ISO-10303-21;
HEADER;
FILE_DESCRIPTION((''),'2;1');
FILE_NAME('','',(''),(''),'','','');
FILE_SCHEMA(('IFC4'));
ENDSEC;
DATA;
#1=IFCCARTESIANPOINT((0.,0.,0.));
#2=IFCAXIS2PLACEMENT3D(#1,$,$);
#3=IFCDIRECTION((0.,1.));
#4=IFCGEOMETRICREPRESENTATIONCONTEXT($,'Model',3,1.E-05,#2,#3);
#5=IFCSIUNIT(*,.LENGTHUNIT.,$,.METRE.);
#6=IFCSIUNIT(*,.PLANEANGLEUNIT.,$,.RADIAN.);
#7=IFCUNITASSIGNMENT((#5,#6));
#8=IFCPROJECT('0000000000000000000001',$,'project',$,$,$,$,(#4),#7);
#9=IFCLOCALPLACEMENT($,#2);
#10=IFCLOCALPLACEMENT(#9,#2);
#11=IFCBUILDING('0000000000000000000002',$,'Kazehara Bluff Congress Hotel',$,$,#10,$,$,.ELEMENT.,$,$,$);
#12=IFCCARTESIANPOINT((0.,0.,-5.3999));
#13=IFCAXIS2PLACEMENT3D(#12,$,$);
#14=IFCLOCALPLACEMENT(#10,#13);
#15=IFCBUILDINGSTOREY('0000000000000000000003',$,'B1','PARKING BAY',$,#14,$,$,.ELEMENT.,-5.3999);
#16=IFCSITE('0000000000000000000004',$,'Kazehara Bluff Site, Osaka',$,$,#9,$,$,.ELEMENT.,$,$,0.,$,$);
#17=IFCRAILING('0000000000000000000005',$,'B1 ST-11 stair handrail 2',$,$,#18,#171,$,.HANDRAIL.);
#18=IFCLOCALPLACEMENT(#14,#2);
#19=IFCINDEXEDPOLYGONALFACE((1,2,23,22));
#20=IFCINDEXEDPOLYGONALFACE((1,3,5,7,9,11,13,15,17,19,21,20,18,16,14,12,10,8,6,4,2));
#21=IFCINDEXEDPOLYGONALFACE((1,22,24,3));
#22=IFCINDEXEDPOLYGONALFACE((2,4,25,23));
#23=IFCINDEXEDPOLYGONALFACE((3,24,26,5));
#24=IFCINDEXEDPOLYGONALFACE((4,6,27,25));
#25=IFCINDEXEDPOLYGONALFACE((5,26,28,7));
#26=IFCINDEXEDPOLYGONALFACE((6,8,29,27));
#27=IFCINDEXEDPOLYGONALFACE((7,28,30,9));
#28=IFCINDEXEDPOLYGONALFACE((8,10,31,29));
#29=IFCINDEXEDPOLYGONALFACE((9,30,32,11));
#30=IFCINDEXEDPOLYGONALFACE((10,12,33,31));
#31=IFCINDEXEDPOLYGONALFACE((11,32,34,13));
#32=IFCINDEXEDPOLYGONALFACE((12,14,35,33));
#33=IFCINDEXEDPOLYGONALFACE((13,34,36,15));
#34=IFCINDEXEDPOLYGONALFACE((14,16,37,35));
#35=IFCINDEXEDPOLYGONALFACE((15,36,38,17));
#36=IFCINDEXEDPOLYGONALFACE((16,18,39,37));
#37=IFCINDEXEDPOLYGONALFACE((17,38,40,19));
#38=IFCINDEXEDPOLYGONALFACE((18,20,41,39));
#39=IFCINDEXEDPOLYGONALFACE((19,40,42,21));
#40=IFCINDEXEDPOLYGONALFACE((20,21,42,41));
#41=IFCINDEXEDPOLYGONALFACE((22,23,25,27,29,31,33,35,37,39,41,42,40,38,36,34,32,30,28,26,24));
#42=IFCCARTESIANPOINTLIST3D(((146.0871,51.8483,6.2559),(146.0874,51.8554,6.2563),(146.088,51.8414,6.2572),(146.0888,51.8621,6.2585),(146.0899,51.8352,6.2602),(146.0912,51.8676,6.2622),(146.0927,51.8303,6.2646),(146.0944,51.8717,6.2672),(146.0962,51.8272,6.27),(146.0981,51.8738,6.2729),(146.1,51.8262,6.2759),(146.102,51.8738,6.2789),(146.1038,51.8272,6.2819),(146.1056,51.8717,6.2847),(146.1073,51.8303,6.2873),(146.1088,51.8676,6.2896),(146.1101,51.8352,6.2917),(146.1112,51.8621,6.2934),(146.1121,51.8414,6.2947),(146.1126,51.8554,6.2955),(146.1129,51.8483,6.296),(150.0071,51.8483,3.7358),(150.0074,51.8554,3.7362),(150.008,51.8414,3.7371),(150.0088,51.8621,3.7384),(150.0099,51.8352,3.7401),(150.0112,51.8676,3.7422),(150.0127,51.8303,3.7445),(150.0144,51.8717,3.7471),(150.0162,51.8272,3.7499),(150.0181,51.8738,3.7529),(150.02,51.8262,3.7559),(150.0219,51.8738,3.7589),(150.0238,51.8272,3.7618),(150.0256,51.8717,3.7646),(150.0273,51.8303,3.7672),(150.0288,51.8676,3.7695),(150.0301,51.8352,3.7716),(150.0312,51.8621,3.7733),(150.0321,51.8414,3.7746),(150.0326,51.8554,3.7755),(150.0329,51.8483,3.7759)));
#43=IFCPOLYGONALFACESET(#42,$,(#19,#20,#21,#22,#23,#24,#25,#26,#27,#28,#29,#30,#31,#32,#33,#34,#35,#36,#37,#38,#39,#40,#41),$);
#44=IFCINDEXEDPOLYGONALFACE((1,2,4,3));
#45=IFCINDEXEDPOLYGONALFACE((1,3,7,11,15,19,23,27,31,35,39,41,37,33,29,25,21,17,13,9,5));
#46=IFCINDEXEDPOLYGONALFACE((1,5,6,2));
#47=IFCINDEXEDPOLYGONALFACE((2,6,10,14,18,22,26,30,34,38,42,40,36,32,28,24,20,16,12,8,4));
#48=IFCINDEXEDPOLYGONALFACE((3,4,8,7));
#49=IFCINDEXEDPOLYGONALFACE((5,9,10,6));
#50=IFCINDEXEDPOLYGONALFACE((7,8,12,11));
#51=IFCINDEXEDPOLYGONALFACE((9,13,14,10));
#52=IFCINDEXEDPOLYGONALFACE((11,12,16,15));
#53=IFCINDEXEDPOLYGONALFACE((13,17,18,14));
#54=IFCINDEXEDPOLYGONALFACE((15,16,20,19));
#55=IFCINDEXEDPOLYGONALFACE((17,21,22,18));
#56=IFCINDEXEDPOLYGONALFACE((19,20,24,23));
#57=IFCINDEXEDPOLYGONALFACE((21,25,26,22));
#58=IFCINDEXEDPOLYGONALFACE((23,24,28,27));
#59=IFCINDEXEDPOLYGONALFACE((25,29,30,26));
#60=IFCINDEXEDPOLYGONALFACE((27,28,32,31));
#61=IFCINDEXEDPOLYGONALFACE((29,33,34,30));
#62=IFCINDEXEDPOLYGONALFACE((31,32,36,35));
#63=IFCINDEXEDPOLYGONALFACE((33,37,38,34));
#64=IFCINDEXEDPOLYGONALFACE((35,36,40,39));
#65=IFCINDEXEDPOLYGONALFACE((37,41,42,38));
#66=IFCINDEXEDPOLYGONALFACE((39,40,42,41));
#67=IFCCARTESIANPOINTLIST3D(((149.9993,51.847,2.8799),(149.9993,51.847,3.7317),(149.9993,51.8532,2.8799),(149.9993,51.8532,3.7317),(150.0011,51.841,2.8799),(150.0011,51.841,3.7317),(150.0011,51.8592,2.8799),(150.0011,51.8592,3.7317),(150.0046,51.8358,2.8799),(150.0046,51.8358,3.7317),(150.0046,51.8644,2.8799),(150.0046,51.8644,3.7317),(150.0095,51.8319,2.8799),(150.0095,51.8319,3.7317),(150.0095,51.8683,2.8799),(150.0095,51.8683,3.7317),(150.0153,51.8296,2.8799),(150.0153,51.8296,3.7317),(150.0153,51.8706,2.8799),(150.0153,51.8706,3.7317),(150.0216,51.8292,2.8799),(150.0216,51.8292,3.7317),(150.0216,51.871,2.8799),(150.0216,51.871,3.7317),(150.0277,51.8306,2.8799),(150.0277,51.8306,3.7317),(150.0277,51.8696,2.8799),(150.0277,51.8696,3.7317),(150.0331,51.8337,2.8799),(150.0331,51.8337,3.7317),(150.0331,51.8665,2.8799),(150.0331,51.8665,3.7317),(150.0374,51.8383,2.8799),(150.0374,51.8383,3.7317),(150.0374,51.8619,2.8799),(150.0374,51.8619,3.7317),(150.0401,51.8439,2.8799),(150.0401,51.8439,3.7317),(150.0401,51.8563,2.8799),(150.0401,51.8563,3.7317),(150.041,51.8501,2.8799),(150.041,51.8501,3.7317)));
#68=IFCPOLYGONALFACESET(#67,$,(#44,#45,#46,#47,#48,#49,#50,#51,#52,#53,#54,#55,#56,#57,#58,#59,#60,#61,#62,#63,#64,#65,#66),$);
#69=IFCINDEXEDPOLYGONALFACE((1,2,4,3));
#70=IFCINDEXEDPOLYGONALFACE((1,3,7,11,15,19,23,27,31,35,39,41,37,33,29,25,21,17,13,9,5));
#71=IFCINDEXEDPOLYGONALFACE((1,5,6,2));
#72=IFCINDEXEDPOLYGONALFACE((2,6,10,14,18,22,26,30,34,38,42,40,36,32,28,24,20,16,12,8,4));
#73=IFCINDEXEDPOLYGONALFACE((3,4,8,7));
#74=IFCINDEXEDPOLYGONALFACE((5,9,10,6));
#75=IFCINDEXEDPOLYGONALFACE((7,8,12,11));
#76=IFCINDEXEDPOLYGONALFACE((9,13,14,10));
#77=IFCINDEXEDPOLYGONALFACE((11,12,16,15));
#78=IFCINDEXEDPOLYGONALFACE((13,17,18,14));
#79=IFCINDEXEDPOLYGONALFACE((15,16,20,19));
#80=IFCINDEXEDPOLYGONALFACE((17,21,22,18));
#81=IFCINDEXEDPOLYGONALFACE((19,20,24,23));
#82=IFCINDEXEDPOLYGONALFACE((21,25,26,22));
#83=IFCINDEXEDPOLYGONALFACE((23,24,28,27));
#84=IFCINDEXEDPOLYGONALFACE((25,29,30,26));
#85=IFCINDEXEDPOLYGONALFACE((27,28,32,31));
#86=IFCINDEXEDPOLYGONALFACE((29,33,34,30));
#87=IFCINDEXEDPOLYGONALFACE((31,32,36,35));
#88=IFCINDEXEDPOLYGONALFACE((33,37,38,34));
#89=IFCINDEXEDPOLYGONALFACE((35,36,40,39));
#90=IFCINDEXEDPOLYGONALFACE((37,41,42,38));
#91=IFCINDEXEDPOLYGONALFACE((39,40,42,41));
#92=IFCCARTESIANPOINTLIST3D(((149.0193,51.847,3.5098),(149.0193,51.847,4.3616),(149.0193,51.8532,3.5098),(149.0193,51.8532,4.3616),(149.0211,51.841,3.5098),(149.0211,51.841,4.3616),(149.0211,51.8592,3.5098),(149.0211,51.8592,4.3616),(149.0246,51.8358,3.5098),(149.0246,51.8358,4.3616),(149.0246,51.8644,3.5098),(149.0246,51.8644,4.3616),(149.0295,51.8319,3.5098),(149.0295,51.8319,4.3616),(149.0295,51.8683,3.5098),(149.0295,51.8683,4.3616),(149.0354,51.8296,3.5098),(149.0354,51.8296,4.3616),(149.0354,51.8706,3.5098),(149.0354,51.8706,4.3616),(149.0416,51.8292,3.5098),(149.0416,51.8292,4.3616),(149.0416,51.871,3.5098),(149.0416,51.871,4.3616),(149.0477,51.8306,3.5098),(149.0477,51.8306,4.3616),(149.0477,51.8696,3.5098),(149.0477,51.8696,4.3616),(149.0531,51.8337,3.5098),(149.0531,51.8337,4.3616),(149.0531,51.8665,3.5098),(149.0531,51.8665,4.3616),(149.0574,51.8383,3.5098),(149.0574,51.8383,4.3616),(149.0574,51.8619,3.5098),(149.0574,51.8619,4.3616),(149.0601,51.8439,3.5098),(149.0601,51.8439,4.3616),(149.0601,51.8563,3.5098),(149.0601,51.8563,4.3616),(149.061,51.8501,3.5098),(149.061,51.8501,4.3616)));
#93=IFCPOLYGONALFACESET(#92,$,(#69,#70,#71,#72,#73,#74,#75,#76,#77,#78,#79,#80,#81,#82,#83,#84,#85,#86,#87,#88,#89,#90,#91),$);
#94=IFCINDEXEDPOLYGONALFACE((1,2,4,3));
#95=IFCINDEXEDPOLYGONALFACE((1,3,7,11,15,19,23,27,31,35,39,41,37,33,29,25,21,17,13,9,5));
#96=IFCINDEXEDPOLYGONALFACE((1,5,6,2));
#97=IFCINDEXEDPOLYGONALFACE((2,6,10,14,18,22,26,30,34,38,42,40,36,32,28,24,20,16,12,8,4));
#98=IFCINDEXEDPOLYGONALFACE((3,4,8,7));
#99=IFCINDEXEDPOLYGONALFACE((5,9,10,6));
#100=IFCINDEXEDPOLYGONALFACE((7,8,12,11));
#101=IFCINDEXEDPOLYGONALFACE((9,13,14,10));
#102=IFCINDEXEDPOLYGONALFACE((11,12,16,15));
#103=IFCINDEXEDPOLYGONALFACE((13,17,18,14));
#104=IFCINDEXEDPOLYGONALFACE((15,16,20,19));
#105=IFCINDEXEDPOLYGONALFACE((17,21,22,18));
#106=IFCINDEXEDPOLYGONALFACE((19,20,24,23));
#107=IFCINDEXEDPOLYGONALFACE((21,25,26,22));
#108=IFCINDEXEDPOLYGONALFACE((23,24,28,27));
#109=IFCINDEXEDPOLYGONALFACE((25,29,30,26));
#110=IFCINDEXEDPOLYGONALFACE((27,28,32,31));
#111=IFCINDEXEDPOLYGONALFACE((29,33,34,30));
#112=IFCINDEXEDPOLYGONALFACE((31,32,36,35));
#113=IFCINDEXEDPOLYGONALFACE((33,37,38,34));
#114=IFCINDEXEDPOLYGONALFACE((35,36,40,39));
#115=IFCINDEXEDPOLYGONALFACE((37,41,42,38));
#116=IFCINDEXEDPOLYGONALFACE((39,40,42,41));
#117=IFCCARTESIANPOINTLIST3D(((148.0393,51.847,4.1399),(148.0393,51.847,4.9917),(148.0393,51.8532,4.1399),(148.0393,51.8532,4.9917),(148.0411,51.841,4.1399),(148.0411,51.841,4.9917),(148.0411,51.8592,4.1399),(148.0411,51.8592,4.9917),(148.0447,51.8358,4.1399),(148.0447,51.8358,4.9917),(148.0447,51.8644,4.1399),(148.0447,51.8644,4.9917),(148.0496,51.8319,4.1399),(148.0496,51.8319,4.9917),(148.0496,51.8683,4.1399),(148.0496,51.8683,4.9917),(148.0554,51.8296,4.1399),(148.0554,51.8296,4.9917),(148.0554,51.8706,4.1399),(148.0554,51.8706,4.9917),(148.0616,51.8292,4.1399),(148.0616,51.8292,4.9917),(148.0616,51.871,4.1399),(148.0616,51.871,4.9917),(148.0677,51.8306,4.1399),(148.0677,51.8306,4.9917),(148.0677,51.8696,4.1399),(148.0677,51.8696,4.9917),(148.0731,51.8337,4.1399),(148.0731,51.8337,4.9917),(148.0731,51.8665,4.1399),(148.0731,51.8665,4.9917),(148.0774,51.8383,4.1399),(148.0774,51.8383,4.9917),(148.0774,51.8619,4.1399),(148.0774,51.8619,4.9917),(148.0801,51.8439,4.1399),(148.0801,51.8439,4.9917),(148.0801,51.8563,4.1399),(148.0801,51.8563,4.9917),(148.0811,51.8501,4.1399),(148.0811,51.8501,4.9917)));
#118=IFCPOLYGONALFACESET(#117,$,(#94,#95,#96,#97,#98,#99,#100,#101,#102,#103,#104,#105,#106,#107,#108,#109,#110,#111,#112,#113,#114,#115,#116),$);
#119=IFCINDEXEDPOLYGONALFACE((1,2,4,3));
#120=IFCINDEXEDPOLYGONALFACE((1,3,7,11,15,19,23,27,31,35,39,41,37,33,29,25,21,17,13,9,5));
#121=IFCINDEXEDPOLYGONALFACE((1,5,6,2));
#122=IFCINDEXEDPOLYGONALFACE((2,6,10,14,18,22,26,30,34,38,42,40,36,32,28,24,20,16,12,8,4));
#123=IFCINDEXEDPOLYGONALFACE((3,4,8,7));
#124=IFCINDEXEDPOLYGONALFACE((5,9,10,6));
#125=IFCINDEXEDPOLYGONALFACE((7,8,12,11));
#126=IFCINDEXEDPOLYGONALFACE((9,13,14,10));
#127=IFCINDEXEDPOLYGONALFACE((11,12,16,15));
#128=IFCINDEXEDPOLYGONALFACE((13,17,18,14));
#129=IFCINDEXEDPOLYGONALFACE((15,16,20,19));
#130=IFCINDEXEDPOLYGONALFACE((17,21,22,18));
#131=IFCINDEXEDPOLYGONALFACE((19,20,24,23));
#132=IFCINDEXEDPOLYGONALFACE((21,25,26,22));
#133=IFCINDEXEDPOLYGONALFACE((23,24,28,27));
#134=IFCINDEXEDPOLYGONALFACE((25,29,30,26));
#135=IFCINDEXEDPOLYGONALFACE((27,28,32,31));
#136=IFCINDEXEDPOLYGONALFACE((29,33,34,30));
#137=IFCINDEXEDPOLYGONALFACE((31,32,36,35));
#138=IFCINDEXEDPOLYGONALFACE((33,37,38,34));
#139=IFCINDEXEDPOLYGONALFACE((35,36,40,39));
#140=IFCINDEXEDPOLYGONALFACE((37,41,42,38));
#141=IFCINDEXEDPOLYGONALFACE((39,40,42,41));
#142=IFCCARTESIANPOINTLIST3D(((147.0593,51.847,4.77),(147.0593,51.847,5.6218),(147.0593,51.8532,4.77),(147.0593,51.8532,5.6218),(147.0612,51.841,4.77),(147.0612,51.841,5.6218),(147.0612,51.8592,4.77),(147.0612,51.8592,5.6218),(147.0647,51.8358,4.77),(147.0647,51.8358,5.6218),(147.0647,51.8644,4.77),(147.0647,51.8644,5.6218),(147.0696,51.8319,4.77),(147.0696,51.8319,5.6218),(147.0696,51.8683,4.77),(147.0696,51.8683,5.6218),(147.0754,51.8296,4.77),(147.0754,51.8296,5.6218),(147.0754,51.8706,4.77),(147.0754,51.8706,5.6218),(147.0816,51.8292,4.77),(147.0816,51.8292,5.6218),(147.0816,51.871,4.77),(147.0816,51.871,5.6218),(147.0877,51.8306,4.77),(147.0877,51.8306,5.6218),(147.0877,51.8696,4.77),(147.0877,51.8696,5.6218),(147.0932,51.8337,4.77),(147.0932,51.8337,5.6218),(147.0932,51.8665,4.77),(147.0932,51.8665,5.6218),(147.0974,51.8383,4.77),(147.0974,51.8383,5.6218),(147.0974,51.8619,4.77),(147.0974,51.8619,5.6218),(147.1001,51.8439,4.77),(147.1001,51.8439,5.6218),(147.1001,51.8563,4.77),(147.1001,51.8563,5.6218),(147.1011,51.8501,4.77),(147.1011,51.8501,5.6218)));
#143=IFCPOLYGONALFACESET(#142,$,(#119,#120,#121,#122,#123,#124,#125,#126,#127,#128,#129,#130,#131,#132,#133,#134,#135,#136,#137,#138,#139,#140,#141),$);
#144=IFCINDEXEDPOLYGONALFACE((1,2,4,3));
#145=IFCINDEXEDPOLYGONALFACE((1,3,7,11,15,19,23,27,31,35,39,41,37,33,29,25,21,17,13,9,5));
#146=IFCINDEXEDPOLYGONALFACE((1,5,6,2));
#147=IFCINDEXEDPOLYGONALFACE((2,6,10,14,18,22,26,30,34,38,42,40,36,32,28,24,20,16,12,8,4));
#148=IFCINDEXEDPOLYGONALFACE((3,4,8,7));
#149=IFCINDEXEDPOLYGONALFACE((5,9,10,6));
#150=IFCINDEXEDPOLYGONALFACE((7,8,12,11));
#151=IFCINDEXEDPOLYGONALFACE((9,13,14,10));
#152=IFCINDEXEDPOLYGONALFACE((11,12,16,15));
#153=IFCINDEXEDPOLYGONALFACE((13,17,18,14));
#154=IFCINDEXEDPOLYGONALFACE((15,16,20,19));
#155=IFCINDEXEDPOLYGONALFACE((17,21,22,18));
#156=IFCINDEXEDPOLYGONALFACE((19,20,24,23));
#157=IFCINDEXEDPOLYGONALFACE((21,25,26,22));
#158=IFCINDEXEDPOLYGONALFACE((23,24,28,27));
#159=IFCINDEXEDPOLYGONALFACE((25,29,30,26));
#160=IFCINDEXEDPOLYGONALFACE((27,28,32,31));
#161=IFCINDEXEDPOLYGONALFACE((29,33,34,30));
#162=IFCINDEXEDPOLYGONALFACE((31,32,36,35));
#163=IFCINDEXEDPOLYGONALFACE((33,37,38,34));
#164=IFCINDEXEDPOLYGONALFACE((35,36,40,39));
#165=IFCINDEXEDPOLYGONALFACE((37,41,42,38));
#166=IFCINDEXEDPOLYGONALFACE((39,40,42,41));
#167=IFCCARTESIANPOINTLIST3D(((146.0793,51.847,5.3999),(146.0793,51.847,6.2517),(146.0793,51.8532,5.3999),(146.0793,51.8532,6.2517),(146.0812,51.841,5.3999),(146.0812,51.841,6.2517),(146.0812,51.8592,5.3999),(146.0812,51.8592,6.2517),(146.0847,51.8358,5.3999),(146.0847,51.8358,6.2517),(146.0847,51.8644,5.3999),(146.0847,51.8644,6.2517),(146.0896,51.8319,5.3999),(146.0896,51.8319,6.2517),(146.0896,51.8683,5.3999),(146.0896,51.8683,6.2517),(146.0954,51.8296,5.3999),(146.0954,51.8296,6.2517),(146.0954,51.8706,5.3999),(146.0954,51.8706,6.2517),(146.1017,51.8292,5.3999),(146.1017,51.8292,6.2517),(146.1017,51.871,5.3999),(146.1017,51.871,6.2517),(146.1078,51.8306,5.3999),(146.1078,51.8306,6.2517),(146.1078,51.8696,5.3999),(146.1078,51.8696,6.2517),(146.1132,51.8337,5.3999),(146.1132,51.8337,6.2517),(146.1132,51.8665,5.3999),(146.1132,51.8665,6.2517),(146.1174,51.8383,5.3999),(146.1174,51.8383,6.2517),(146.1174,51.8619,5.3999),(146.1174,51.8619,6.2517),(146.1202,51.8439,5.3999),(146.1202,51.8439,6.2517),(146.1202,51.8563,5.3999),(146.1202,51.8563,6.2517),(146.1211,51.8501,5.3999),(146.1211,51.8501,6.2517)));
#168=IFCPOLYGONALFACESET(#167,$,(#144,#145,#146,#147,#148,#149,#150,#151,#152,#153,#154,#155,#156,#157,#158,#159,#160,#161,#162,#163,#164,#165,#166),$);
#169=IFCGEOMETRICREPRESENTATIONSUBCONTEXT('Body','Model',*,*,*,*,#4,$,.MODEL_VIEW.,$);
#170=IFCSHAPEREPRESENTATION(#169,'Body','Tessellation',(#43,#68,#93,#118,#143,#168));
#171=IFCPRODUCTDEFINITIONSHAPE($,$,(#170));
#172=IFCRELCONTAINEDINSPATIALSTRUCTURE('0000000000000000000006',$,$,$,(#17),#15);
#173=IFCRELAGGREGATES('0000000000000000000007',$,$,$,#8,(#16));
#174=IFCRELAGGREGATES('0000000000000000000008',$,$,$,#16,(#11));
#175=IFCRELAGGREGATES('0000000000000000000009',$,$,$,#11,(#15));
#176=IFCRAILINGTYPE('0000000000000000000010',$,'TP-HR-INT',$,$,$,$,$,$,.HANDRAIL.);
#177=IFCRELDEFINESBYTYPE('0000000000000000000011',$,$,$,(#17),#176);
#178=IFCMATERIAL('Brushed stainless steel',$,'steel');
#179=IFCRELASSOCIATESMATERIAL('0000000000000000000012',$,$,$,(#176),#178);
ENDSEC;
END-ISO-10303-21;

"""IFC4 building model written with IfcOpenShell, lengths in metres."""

from ifc_helpers import new_model, si_unit, direction, frame, origin, origin_2d, place, context, subcontext, project, spatial, circle, extrude, material, type_object, element, save


model = new_model("IFC4")

# Units and contexts
model_context = context("Model", 3, precision=1e-05, world=origin(), true_north=direction((0.0, 1.0)))
body_context = subcontext(model_context, "Body", "Model", "MODEL_VIEW")
ifc_project = project(units=[si_unit("LENGTHUNIT", "METRE"), si_unit("PLANEANGLEUNIT", "RADIAN")], contexts=[model_context])

# Site, building, storey
site_placement = place(None, origin())
site = spatial("IfcSite", under=ifc_project, at=site_placement, Name="Kazehara Bluff Site, Osaka", CompositionType="ELEMENT", RefElevation=0.0)
building_placement = place(site_placement, origin())
building = spatial("IfcBuilding", under=site, at=building_placement, Name="Kazehara Bluff Congress Hotel", CompositionType="ELEMENT")
storey_placement = place(building_placement, frame((0.0, 0.0, -5.3999)))
storey = spatial("IfcBuildingStorey", under=building, at=storey_placement, Name="B1", Description="PARKING BAY", CompositionType="ELEMENT", Elevation=-5.3999)

# Railing
ifc_material_1 = material(Name="Brushed stainless steel", Category="steel")
railing_type_1 = type_object("IfcRailingType", Name="TP-HR-INT", PredefinedType="HANDRAIL", material=ifc_material_1)
railing_1_placement = place(storey_placement, frame((150.02, 51.8501, 2.8799)))
element("IfcRailing", 1, at=railing_1_placement, inside=storey, type_object=railing_type_1, Name="B1 ST-11 stair handrail 2", PredefinedType="HANDRAIL", context=body_context, shape_type="SweptSolid", body=[
    extrude(circle(Radius=0.0239, at=origin_2d()), frame((0.0, 0.0, 0.876), z_axis=(-0.841172, 0.0, 0.540768), x_axis=(0.0, -1.0, 0.0)), (0.0, 0.0, 1.0), 4.6602),
    extrude(circle(Radius=0.021, at=origin_2d()), origin(), (0.0, 0.0, 1.0), 0.8518),
    extrude(circle(Radius=0.021, at=origin_2d()), frame((-0.98, 0.0, 0.6299)), (0.0, 0.0, 1.0), 0.8518),
    extrude(circle(Radius=0.021, at=origin_2d()), frame((-1.96, 0.0, 1.26)), (0.0, 0.0, 1.0), 0.8518),
    extrude(circle(Radius=0.021, at=origin_2d()), frame((-2.9399, 0.0, 1.8901)), (0.0, 0.0, 1.0), 0.8518),
    extrude(circle(Radius=0.021, at=origin_2d()), frame((-3.9199, 0.0, 2.52)), (0.0, 0.0, 1.0), 0.8518),
])

save(model, "model.ifc")
